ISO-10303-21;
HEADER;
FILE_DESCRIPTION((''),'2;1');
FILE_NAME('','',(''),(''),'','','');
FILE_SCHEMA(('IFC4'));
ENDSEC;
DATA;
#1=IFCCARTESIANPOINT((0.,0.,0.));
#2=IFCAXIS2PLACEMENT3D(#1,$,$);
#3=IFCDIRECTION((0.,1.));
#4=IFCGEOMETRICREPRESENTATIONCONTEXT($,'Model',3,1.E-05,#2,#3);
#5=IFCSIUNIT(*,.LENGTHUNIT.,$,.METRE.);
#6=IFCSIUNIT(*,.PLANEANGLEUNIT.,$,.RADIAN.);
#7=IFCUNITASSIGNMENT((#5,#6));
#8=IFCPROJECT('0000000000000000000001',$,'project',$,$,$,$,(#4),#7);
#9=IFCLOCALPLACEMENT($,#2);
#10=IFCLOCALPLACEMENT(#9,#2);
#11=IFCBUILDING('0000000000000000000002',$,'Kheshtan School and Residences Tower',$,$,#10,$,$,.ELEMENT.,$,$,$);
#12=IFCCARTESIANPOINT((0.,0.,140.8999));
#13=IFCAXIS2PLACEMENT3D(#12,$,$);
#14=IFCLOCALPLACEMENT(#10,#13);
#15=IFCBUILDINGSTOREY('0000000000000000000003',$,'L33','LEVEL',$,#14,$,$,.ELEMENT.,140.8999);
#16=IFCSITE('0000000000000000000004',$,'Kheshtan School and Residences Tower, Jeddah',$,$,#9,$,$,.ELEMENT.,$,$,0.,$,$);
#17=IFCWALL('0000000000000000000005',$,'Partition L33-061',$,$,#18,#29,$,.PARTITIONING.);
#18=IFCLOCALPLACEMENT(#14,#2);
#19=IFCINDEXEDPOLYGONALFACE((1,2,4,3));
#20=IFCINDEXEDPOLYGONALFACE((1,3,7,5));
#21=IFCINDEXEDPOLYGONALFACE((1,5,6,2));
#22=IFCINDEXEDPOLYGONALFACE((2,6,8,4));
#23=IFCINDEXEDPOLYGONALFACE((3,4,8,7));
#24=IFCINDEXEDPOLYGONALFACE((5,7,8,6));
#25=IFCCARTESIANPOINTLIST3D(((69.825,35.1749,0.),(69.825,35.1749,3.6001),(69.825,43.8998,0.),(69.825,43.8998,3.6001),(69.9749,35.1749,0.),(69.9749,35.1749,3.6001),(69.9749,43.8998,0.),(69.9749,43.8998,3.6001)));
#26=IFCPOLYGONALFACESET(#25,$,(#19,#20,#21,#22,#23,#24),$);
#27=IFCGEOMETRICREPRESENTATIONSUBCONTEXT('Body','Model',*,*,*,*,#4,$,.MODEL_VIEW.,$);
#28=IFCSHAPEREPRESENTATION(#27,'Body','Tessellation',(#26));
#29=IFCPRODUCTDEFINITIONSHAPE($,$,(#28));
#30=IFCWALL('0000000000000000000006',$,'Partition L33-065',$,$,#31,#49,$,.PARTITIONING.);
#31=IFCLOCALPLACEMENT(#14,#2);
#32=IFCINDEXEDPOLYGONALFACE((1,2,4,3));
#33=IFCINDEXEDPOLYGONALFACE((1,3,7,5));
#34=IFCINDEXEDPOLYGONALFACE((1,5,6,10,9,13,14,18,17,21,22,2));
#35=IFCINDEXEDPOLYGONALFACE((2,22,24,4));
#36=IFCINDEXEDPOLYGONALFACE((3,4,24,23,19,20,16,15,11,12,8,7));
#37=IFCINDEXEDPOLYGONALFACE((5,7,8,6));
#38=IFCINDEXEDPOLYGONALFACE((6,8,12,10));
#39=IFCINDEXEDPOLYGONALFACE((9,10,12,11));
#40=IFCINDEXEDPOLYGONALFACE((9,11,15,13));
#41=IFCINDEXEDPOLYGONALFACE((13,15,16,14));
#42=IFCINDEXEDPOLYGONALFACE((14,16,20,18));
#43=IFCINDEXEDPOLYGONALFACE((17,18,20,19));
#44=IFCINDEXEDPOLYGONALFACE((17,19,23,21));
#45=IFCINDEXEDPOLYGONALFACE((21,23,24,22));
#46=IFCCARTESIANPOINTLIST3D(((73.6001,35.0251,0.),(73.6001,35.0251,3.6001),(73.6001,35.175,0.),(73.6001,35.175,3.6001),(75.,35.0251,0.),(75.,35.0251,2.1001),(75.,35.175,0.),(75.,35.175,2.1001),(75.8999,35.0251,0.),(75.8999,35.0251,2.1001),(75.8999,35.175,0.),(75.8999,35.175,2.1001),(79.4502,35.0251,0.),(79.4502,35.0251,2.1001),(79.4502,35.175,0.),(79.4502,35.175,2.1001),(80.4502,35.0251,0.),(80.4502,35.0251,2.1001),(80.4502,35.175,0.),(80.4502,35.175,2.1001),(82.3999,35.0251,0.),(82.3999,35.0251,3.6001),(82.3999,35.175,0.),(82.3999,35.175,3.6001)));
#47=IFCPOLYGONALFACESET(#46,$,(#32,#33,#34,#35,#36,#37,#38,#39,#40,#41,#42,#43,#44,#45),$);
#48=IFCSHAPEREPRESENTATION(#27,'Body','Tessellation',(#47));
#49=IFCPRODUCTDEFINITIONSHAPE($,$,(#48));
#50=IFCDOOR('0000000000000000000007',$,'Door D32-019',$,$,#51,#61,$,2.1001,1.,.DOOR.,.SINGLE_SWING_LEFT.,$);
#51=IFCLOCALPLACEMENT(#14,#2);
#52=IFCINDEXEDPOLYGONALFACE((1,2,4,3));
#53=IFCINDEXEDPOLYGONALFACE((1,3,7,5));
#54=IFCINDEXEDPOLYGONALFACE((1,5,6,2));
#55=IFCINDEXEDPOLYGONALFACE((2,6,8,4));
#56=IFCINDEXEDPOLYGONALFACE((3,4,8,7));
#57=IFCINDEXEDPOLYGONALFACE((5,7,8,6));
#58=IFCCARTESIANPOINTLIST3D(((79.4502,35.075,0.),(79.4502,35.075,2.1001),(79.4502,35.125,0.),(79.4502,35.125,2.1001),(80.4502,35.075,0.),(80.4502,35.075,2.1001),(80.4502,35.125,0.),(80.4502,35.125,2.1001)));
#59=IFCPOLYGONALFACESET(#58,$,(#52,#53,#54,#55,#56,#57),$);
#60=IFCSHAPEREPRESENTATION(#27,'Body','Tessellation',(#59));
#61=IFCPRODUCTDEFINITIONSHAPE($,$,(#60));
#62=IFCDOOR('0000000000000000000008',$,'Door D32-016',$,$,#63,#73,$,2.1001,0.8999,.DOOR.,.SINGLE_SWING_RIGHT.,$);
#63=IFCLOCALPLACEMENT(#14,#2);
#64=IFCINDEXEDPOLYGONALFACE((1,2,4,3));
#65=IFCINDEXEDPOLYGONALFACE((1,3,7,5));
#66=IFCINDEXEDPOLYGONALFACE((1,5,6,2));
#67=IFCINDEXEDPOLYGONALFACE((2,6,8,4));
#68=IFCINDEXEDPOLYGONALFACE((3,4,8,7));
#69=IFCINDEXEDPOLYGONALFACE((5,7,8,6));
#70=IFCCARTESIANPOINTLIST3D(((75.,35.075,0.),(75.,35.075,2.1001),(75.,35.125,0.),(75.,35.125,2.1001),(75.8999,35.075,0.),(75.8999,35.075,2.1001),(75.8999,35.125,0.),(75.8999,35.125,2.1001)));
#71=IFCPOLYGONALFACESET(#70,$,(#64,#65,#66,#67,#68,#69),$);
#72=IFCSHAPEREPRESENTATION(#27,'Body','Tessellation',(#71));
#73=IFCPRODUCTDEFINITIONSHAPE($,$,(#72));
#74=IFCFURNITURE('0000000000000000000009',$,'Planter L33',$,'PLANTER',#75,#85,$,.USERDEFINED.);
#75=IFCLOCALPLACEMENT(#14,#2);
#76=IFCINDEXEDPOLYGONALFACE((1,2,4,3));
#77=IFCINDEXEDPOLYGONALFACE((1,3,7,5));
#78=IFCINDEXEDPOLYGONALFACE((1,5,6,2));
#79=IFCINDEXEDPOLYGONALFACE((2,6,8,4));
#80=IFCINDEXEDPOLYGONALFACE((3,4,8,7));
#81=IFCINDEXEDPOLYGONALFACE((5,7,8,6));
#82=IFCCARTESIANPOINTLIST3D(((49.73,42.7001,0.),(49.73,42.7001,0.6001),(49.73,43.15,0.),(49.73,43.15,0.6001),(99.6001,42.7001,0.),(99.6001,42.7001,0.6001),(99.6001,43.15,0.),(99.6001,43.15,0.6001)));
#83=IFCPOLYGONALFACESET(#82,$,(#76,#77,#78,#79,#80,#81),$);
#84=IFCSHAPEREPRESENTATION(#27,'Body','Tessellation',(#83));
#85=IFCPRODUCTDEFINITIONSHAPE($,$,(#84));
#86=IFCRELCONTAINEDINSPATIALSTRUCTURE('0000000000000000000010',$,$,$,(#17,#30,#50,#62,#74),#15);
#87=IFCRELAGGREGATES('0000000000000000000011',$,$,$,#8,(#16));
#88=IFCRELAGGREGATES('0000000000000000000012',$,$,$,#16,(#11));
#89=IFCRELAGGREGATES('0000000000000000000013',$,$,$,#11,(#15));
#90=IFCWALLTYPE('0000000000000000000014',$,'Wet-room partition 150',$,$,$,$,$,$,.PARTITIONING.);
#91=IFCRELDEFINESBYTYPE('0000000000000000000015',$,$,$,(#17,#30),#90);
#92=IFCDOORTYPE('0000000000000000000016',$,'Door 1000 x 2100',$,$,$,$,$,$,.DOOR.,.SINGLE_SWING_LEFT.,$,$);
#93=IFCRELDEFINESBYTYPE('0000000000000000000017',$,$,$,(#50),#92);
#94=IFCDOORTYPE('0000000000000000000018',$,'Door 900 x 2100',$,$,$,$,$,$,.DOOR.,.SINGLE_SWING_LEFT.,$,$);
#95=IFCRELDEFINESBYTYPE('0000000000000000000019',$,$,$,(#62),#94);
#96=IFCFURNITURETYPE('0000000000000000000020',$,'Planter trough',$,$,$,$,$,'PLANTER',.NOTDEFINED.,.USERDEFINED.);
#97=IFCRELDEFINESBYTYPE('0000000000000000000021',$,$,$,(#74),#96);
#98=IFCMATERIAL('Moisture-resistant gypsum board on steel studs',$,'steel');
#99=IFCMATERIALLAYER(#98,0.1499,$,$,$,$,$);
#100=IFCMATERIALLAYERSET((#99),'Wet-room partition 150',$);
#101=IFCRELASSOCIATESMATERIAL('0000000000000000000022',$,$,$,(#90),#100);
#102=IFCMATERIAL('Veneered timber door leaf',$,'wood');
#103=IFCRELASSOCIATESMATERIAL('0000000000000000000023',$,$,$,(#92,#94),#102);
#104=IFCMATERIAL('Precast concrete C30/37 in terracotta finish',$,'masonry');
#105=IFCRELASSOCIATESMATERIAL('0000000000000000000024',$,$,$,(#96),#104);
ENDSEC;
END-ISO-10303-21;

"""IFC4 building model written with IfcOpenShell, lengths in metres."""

from ifc_helpers import new_model, si_unit, direction, frame, frame_2d, origin, origin_2d, place, context, subcontext, project, spatial, rectangle, extrude, source, transform, mapped, material, layer, layer_set, type_object, element, fill, save


model = new_model("IFC4")

# Units and contexts
model_context = context("Model", 3, precision=1e-05, world=origin(), true_north=direction((0.0, 1.0)))
body_context = subcontext(model_context, "Body", "Model", "MODEL_VIEW")
ifc_project = project(units=[si_unit("LENGTHUNIT", "METRE"), si_unit("PLANEANGLEUNIT", "RADIAN")], contexts=[model_context])

# Site, building, storey
site_placement = place(None, origin())
site = spatial("IfcSite", under=ifc_project, at=site_placement, Name="Kheshtan School and Residences Tower, Jeddah", CompositionType="ELEMENT", RefElevation=0.0)
building_placement = place(site_placement, origin())
building = spatial("IfcBuilding", under=site, at=building_placement, Name="Kheshtan School and Residences Tower", CompositionType="ELEMENT")
storey_placement = place(building_placement, frame((0.0, 0.0, 140.8999)))
storey = spatial("IfcBuildingStorey", under=building, at=storey_placement, Name="L33", Description="LEVEL", CompositionType="ELEMENT", Elevation=140.8999)

# Wall
ifc_material_1 = material(Name="Moisture-resistant gypsum board on steel studs", Category="steel")
ifc_layer_1 = layer(ifc_material_1, 0.1499)
ifc_layer_set_1 = layer_set([ifc_layer_1], Name="Wet-room partition 150")
wall_type_1 = type_object("IfcWallType", Name="Wet-room partition 150", PredefinedType="PARTITIONING", material=ifc_layer_set_1)
wall_1_placement = place(storey_placement, frame((69.8999, 35.175, 0.0), z_axis=(0.0, 0.0, 1.0), x_axis=(0.0, 1.0, 0.0)))
element("IfcWall", 1, at=wall_1_placement, inside=storey, type_object=wall_type_1, Name="Partition L33-061", PredefinedType="PARTITIONING", context=body_context, shape_type="SweptSolid", body=[
    extrude(rectangle(XDim=8.7249, YDim=0.1499, at=frame_2d((4.3623, 0.0))), origin(), (0.0, 0.0, 1.0), 3.6001),
])

# Wall, openings, doors
wall_2_placement = place(storey_placement, frame((73.6001, 35.1001, 0.0), z_axis=(0.0, 0.0, 1.0), x_axis=(1.0, 0.0, 0.0)))
wall_2 = element("IfcWall", 2, at=wall_2_placement, inside=storey, type_object=wall_type_1, Name="Partition L33-065", PredefinedType="PARTITIONING", context=body_context, shape_type="SweptSolid", body=[
    extrude(rectangle(XDim=8.7998, YDim=0.1499, at=frame_2d((4.3999, 0.0))), origin(), (0.0, 0.0, 1.0), 3.6001),
])
opening_1_placement = place(wall_2_placement, frame((1.3999, 0.0, 0.0)))
opening_1 = element("IfcOpeningElement", 3, at=opening_1_placement, cuts=wall_2, PredefinedType="OPENING", context=body_context, shape_type="SweptSolid", body=[
    extrude(rectangle(XDim=0.8999, YDim=2.1001, at=frame_2d((0.45, 1.05))), frame((0.0, 0.085, 0.0), z_axis=(0.0, -1.0, 0.0), x_axis=(1.0, 0.0, 0.0)), (0.0, 0.0, 1.0), 0.1699),
])
opening_2_placement = place(wall_2_placement, frame((5.8501, 0.0, 0.0)))
opening_2 = element("IfcOpeningElement", 4, at=opening_2_placement, cuts=wall_2, PredefinedType="OPENING", context=body_context, shape_type="SweptSolid", body=[
    extrude(rectangle(XDim=1.0, YDim=2.1001, at=frame_2d((0.5, 1.05))), frame((0.0, 0.085, 0.0), z_axis=(0.0, -1.0, 0.0), x_axis=(1.0, 0.0, 0.0)), (0.0, 0.0, 1.0), 0.1699),
])
ifc_material_2 = material(Name="Veneered timber door leaf", Category="wood")
door_type_1 = type_object("IfcDoorType", Name="Door 1000 x 2100", OperationType="SINGLE_SWING_LEFT", PredefinedType="DOOR", material=ifc_material_2)
shared_shape_1 = source(origin(), body_context, "Body", "SweptSolid", [
    extrude(rectangle(XDim=1.0, YDim=2.1001, at=frame_2d((0.5, 1.05))), frame((0.0, 0.0249, 0.0), z_axis=(0.0, -1.0, 0.0), x_axis=(1.0, 0.0, 0.0)), (0.0, 0.0, 1.0), 0.05),
])
door_1_placement = place(opening_2_placement, origin())
door_1 = element("IfcDoor", 5, at=door_1_placement, inside=storey, type_object=door_type_1, Name="Door D32-019", OperationType="SINGLE_SWING_LEFT", OverallHeight=2.1001, OverallWidth=1.0, PredefinedType="DOOR", context=body_context, shape_type="MappedRepresentation", body=[
    mapped(shared_shape_1, transform((0.0, 0.0, 0.0), x_axis=(1.0, 0.0, 0.0), y_axis=(0.0, 1.0, 0.0), z_axis=(0.0, 0.0, 1.0), scale=1.0)),
])
fill(opening_2, door_1)
door_type_2 = type_object("IfcDoorType", Name="Door 900 x 2100", OperationType="SINGLE_SWING_LEFT", PredefinedType="DOOR", material=ifc_material_2)
shared_shape_2 = source(origin(), body_context, "Body", "SweptSolid", [
    extrude(rectangle(XDim=0.8999, YDim=2.1001, at=frame_2d((0.45, 1.05))), frame((0.0, 0.0249, 0.0), z_axis=(0.0, -1.0, 0.0), x_axis=(1.0, 0.0, 0.0)), (0.0, 0.0, 1.0), 0.05),
])
door_2_placement = place(opening_1_placement, origin())
door_2 = element("IfcDoor", 6, at=door_2_placement, inside=storey, type_object=door_type_2, Name="Door D32-016", OperationType="SINGLE_SWING_RIGHT", OverallHeight=2.1001, OverallWidth=0.8999, PredefinedType="DOOR", context=body_context, shape_type="MappedRepresentation", body=[
    mapped(shared_shape_2, transform((0.0, 0.0, 0.0), x_axis=(1.0, 0.0, 0.0), y_axis=(0.0, 1.0, 0.0), z_axis=(0.0, 0.0, 1.0), scale=1.0)),
])
fill(opening_1, door_2)

# Furniture
ifc_material_3 = material(Name="Precast concrete C30/37 in terracotta finish", Category="masonry")
furniture_type = type_object("IfcFurnitureType", Name="Planter trough", ElementType="PLANTER", AssemblyPlace="NOTDEFINED", PredefinedType="USERDEFINED", material=ifc_material_3)
furniture_placement = place(storey_placement, frame((74.665, 42.925, 0.0), z_axis=(0.0, 0.0, 1.0), x_axis=(1.0, 0.0, 0.0)))
element("IfcFurniture", 7, at=furniture_placement, inside=storey, type_object=furniture_type, Name="Planter L33", ObjectType="PLANTER", PredefinedType="USERDEFINED", context=body_context, shape_type="SweptSolid", body=[
    extrude(rectangle(XDim=49.8701, YDim=0.45, at=origin_2d()), origin(), (0.0, 0.0, 1.0), 0.6001),
])

save(model, "model.ifc")
